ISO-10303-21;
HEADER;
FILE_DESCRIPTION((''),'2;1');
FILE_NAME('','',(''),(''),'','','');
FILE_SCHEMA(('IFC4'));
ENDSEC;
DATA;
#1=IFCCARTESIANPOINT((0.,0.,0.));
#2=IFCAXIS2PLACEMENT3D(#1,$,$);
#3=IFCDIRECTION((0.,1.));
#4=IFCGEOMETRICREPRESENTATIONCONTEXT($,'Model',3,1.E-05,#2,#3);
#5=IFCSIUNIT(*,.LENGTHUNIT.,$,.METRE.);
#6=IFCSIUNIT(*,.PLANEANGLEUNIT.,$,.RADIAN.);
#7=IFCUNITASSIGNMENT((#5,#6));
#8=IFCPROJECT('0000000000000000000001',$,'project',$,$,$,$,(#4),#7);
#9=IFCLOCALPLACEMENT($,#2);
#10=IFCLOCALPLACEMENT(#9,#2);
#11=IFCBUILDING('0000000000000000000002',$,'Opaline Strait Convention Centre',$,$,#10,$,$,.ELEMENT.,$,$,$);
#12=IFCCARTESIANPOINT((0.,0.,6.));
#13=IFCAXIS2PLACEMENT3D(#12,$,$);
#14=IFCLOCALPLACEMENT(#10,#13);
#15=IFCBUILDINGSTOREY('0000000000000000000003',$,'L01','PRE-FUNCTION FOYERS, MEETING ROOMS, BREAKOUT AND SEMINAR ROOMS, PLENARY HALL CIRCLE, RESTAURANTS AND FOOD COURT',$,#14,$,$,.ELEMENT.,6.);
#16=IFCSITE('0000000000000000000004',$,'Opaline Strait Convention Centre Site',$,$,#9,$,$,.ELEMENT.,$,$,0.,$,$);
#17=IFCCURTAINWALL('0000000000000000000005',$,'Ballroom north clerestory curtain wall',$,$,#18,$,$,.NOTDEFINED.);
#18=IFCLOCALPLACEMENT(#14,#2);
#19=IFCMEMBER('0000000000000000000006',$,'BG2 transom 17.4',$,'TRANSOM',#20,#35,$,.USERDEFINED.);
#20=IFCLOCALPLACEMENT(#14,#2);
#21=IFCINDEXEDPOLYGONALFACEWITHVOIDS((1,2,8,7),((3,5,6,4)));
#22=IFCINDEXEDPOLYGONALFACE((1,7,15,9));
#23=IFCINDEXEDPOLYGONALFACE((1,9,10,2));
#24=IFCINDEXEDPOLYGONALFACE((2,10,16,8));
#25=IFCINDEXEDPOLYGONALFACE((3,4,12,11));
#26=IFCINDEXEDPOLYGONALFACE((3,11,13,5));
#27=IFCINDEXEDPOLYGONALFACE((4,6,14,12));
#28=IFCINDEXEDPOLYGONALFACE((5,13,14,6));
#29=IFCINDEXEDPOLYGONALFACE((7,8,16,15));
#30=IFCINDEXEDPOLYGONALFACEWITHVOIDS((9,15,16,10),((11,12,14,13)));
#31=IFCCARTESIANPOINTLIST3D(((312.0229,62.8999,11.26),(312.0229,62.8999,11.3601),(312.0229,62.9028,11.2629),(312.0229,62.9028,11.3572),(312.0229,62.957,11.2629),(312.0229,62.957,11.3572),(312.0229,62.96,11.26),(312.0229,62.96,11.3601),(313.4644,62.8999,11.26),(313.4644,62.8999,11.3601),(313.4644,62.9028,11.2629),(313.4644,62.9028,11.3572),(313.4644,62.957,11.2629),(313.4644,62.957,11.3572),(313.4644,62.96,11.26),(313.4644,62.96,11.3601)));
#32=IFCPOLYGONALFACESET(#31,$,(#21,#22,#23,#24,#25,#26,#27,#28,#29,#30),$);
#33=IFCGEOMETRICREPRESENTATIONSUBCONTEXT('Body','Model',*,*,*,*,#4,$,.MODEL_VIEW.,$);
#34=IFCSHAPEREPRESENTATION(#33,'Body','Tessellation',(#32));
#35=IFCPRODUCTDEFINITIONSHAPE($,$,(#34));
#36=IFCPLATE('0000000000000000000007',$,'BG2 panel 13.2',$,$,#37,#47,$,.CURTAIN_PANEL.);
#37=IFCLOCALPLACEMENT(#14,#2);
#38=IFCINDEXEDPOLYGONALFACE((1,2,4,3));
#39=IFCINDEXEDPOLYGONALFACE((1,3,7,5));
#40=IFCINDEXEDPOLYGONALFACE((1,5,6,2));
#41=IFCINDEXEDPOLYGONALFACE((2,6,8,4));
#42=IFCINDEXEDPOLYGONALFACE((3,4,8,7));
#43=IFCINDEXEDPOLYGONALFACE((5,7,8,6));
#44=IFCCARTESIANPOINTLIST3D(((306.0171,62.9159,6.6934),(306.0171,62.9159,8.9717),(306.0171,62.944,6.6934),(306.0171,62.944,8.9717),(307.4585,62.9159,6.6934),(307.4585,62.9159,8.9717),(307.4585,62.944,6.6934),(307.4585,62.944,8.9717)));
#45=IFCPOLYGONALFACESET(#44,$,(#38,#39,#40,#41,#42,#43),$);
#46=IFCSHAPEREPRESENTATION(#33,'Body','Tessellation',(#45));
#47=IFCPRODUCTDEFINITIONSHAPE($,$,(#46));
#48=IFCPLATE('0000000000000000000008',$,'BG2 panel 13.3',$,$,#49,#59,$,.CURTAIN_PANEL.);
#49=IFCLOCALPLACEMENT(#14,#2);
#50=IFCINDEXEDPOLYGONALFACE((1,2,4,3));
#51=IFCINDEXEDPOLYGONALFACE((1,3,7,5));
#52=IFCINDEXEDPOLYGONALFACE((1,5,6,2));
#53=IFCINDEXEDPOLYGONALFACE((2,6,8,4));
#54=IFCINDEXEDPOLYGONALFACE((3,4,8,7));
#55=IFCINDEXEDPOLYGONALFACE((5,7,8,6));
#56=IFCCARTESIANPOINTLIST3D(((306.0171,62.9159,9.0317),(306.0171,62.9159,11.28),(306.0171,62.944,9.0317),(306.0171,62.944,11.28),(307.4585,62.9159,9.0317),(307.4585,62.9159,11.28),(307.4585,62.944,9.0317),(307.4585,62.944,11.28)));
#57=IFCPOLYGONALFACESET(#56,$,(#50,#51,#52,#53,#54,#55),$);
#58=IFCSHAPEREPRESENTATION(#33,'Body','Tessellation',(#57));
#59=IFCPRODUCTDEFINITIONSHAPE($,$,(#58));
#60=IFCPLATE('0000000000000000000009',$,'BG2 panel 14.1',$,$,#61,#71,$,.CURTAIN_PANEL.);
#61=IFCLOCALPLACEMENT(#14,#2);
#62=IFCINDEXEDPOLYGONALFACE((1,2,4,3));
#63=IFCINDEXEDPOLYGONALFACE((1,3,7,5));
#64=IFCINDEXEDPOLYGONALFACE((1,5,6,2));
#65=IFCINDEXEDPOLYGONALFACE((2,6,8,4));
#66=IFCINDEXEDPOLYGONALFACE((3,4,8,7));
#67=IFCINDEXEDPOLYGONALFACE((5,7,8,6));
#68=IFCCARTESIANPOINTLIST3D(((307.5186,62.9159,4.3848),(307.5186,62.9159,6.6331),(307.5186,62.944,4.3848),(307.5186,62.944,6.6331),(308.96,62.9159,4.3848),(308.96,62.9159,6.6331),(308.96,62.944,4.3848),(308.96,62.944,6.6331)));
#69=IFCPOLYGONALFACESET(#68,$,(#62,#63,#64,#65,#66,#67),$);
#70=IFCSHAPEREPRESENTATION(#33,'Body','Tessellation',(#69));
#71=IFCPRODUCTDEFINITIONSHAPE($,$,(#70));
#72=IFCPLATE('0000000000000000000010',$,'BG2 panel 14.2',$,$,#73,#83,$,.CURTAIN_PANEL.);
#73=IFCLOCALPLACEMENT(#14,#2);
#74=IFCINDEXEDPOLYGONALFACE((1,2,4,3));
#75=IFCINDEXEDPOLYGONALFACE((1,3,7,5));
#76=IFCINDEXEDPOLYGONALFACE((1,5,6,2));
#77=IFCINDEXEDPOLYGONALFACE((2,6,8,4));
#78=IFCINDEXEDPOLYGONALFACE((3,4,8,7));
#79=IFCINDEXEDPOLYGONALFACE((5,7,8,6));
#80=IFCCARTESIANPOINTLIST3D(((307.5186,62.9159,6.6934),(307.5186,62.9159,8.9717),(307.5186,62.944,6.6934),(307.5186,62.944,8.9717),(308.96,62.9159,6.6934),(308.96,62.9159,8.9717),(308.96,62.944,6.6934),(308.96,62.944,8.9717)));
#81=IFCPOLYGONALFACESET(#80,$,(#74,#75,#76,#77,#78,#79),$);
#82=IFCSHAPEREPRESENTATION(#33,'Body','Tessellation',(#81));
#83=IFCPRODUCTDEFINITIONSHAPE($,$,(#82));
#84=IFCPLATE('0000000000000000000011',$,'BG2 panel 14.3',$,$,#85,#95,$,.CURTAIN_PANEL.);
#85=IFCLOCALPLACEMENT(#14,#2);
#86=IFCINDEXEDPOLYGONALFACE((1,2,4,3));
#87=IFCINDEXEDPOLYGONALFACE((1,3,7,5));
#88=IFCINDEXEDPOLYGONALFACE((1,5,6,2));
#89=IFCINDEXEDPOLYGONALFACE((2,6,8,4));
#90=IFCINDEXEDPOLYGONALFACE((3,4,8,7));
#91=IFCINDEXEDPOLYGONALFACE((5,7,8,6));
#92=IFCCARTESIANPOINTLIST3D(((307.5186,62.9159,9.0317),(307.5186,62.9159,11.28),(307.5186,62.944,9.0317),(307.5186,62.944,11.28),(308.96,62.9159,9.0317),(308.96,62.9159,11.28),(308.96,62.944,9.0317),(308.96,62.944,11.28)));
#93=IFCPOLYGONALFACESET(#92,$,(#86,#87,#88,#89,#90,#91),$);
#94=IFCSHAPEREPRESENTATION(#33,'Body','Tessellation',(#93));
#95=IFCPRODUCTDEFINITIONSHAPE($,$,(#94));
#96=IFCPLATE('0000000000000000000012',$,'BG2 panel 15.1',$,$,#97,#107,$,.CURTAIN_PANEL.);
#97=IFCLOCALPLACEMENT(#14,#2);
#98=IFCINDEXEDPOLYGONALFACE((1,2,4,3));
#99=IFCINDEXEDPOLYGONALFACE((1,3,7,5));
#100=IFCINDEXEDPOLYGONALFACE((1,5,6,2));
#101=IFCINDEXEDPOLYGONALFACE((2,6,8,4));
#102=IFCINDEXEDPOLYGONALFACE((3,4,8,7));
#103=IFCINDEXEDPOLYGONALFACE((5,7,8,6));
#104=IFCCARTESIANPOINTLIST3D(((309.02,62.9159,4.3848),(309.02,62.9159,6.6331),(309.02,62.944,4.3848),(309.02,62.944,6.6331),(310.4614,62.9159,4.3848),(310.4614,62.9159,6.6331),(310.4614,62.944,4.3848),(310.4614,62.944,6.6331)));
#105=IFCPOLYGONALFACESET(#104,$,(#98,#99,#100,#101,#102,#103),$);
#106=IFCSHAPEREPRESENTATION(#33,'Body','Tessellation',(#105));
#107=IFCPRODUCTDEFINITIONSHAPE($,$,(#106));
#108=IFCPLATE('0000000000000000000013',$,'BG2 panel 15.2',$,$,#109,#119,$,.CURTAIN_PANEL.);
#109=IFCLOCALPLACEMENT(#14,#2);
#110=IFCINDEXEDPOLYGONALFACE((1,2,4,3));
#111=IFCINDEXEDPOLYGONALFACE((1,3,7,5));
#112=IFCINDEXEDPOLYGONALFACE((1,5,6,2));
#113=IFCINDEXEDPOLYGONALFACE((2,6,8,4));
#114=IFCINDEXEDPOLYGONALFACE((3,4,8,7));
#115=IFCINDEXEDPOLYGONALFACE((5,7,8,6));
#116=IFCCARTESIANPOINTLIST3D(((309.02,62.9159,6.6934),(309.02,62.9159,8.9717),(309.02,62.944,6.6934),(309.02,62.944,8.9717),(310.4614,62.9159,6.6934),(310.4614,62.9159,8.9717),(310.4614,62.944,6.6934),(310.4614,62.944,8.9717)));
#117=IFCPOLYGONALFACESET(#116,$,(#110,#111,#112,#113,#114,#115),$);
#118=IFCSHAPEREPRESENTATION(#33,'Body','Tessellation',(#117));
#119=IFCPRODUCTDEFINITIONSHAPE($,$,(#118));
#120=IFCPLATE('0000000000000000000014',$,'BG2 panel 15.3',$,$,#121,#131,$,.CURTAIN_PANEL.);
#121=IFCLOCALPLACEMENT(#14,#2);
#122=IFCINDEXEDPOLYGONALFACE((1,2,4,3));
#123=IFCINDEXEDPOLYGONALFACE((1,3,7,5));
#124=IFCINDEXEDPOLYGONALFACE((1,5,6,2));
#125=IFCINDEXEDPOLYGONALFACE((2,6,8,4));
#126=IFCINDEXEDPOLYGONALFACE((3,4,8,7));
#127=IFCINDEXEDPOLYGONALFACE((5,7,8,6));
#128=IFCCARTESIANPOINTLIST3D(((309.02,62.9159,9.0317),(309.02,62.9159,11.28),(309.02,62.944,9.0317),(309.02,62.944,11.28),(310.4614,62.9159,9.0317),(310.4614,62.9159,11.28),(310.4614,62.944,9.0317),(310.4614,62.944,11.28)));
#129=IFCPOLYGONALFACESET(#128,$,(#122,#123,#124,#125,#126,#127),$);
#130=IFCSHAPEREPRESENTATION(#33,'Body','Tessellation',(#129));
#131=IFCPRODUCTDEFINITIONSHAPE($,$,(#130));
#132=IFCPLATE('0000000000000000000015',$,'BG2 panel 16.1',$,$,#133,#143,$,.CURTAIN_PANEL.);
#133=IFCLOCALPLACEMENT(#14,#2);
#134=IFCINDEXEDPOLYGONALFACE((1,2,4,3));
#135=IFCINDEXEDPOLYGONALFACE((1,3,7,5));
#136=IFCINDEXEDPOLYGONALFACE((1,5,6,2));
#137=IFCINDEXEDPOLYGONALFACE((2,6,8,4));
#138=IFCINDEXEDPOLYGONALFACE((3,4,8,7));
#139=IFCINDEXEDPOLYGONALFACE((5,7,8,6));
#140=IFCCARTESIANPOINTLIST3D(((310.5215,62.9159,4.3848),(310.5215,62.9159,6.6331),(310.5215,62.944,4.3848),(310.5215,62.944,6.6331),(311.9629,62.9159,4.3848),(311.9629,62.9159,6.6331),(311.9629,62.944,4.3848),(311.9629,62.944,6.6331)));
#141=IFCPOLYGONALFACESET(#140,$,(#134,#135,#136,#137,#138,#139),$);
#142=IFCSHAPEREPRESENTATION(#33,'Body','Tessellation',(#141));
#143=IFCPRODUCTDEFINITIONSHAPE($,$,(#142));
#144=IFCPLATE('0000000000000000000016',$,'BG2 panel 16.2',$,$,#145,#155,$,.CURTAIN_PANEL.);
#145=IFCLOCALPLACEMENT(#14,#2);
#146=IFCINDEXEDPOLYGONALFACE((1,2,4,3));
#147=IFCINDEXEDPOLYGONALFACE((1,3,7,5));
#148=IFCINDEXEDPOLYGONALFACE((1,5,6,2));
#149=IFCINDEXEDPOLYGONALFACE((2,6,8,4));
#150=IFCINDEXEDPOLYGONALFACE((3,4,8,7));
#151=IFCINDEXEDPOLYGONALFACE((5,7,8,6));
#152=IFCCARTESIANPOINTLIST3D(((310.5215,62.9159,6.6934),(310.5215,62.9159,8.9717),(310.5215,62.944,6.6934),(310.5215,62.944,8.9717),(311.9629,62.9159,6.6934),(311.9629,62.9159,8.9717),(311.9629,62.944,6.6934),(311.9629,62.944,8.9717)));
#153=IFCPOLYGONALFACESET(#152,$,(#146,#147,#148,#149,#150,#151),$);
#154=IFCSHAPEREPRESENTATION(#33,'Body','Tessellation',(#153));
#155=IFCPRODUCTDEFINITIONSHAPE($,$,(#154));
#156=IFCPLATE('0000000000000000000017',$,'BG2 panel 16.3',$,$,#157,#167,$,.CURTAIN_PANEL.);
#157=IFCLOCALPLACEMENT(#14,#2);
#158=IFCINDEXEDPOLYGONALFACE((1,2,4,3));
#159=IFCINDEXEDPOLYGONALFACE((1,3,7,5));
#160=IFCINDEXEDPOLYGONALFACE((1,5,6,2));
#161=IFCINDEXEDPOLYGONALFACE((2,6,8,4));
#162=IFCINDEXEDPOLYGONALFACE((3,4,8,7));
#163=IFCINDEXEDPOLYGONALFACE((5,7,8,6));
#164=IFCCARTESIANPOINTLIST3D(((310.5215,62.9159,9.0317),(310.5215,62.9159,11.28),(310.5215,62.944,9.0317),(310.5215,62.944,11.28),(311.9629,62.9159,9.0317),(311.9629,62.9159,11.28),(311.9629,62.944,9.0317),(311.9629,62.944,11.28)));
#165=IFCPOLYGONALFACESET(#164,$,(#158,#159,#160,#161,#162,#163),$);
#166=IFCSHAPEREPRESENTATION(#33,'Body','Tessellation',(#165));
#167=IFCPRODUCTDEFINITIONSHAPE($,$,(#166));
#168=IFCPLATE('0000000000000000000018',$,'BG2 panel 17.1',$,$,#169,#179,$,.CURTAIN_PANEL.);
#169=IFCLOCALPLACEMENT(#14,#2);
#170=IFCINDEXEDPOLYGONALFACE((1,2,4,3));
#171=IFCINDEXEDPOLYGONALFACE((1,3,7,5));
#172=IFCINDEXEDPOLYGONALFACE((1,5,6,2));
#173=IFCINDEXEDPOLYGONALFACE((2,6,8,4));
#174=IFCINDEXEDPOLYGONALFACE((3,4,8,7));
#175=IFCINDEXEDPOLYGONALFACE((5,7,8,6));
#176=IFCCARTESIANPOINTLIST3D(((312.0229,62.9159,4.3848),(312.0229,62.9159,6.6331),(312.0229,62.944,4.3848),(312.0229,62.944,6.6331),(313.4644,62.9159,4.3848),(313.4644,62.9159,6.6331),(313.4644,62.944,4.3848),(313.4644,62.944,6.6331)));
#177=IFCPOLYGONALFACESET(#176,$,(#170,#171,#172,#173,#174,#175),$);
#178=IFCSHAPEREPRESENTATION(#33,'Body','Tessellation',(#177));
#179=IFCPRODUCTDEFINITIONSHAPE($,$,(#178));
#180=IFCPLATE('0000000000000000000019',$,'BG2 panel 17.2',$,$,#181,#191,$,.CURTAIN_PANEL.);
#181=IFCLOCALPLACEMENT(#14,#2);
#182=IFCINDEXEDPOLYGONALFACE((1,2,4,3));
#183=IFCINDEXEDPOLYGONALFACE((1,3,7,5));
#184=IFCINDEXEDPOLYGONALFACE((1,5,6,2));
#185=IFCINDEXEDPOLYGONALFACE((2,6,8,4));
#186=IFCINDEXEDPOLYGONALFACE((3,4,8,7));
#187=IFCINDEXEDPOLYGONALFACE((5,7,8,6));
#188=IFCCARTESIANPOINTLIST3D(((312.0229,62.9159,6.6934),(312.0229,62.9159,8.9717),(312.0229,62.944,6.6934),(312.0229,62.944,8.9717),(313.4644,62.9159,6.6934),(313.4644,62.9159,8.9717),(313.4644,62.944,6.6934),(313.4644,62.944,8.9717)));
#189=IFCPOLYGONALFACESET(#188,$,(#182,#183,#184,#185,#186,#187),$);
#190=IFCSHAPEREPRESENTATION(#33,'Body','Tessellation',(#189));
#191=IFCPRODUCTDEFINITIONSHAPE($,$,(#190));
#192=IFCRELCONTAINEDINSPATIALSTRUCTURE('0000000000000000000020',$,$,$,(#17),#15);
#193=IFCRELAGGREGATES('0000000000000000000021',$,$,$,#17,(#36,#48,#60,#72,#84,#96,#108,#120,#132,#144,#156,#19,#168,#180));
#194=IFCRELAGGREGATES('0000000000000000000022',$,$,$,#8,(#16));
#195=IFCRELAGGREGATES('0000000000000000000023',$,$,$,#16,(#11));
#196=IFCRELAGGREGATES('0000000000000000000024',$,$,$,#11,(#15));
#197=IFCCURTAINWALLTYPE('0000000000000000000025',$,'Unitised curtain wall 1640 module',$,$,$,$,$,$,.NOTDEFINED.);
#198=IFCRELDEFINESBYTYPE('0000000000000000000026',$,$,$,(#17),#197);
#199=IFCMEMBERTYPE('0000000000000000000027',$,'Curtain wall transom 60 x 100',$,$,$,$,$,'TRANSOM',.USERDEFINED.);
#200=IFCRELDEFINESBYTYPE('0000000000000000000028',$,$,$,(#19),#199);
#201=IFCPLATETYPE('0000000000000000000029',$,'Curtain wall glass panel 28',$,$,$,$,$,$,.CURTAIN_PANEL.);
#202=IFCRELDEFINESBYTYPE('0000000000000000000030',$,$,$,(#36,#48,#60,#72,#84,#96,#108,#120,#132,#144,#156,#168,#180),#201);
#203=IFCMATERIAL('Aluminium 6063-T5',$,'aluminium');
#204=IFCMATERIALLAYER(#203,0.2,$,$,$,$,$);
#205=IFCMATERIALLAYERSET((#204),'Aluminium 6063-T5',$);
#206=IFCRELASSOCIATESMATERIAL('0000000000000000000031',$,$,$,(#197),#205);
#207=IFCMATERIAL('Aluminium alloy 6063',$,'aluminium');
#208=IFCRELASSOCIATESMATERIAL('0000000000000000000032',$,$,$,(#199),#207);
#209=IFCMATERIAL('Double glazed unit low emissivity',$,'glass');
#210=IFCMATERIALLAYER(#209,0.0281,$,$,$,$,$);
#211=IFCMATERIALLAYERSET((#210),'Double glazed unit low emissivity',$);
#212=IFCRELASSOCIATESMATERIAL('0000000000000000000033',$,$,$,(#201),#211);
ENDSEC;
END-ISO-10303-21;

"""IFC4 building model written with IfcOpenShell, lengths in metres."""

from ifc_helpers import new_model, si_unit, direction, frame, origin, origin_2d, place, context, subcontext, project, spatial, rectangle, hollow_rectangle, extrude, material, layer, layer_set, material_profile, profile_set, type_object, element, aggregate, save


model = new_model("IFC4")

# Units and contexts
model_context = context("Model", 3, precision=1e-05, world=origin(), true_north=direction((0.0, 1.0)))
body_context = subcontext(model_context, "Body", "Model", "MODEL_VIEW")
ifc_project = project(units=[si_unit("LENGTHUNIT", "METRE"), si_unit("PLANEANGLEUNIT", "RADIAN")], contexts=[model_context])

# Site, building, storey
site_placement = place(None, origin())
site = spatial("IfcSite", under=ifc_project, at=site_placement, Name="Opaline Strait Convention Centre Site", CompositionType="ELEMENT", RefElevation=0.0)
building_placement = place(site_placement, origin())
building = spatial("IfcBuilding", under=site, at=building_placement, Name="Opaline Strait Convention Centre", CompositionType="ELEMENT")
storey_placement = place(building_placement, frame((0.0, 0.0, 6.0)))
storey = spatial("IfcBuildingStorey", under=building, at=storey_placement, Name="L01", Description="PRE-FUNCTION FOYERS, MEETING ROOMS, BREAKOUT AND SEMINAR ROOMS, PLENARY HALL CIRCLE, RESTAURANTS AND FOOD COURT", CompositionType="ELEMENT", Elevation=6.0)

# Curtain wall, member, plates
ifc_material_1 = material(Name="Aluminium 6063-T5", Category="aluminium")
ifc_layer_1 = layer(ifc_material_1, 0.2)
ifc_layer_set_1 = layer_set([ifc_layer_1], Name="Aluminium 6063-T5")
curtain_wall_type = type_object("IfcCurtainWallType", Name="Unitised curtain wall 1640 module", PredefinedType="NOTDEFINED", material=ifc_layer_set_1)
curtain_wall_placement = place(storey_placement, origin())
curtain_wall = element("IfcCurtainWall", 1, at=curtain_wall_placement, inside=storey, type_object=curtain_wall_type, Name="Ballroom north clerestory curtain wall", PredefinedType="NOTDEFINED")
ifc_material_2 = material(Name="Aluminium alloy 6063", Category="aluminium")
ifc_material_profile = material_profile(ifc_material_2, hollow_rectangle(XDim=0.0601, YDim=0.1001, WallThickness=0.0029, at=origin_2d()), Name="TRANSOM 60x100x3")
ifc_profile_set = profile_set([ifc_material_profile], Name="Aluminium alloy 6063")
member_type = type_object("IfcMemberType", Name="Curtain wall transom 60 x 100", ElementType="TRANSOM", PredefinedType="USERDEFINED", material=ifc_profile_set)
member_1_placement = place(storey_placement, frame((312.0229, 62.9299, 11.3101), z_axis=(1.0, 0.0, 0.0), x_axis=(0.0, 1.0, 0.0)))
member_1 = element("IfcMember", 2, at=member_1_placement, type_object=member_type, Name="BG2 transom 17.4", ObjectType="TRANSOM", PredefinedType="USERDEFINED", context=body_context, shape_type="SweptSolid", body=[
    extrude(hollow_rectangle(XDim=0.0601, YDim=0.1001, WallThickness=0.0029, at=origin_2d()), origin(), (0.0, 0.0, 1.0), 1.4414),
])
ifc_material_3 = material(Name="Double glazed unit low emissivity", Category="glass")
ifc_layer_2 = layer(ifc_material_3, 0.0281)
ifc_layer_set_2 = layer_set([ifc_layer_2], Name="Double glazed unit low emissivity")
plate_type = type_object("IfcPlateType", Name="Curtain wall glass panel 28", PredefinedType="CURTAIN_PANEL", material=ifc_layer_set_2)
plate_1_placement = place(storey_placement, frame((306.7378, 62.9299, 6.6934), z_axis=(0.0, 0.0, 1.0), x_axis=(1.0, 0.0, 0.0)))
plate_1 = element("IfcPlate", 3, at=plate_1_placement, type_object=plate_type, Name="BG2 panel 13.2", PredefinedType="CURTAIN_PANEL", context=body_context, shape_type="SweptSolid", body=[
    extrude(rectangle(XDim=1.4414, YDim=0.0281, at=origin_2d()), origin(), (0.0, 0.0, 1.0), 2.2783),
])
plate_2_placement = place(storey_placement, frame((306.7378, 62.9299, 9.0317), z_axis=(0.0, 0.0, 1.0), x_axis=(1.0, 0.0, 0.0)))
plate_2 = element("IfcPlate", 4, at=plate_2_placement, type_object=plate_type, Name="BG2 panel 13.3", PredefinedType="CURTAIN_PANEL", context=body_context, shape_type="SweptSolid", body=[
    extrude(rectangle(XDim=1.4414, YDim=0.0281, at=origin_2d()), origin(), (0.0, 0.0, 1.0), 2.2483),
])
plate_3_placement = place(storey_placement, frame((308.2393, 62.9299, 4.3848), z_axis=(0.0, 0.0, 1.0), x_axis=(1.0, 0.0, 0.0)))
plate_3 = element("IfcPlate", 5, at=plate_3_placement, type_object=plate_type, Name="BG2 panel 14.1", PredefinedType="CURTAIN_PANEL", context=body_context, shape_type="SweptSolid", body=[
    extrude(rectangle(XDim=1.4414, YDim=0.0281, at=origin_2d()), origin(), (0.0, 0.0, 1.0), 2.2483),
])
plate_4_placement = place(storey_placement, frame((308.2393, 62.9299, 6.6934), z_axis=(0.0, 0.0, 1.0), x_axis=(1.0, 0.0, 0.0)))
plate_4 = element("IfcPlate", 6, at=plate_4_placement, type_object=plate_type, Name="BG2 panel 14.2", PredefinedType="CURTAIN_PANEL", context=body_context, shape_type="SweptSolid", body=[
    extrude(rectangle(XDim=1.4414, YDim=0.0281, at=origin_2d()), origin(), (0.0, 0.0, 1.0), 2.2783),
])
plate_5_placement = place(storey_placement, frame((308.2393, 62.9299, 9.0317), z_axis=(0.0, 0.0, 1.0), x_axis=(1.0, 0.0, 0.0)))
plate_5 = element("IfcPlate", 7, at=plate_5_placement, type_object=plate_type, Name="BG2 panel 14.3", PredefinedType="CURTAIN_PANEL", context=body_context, shape_type="SweptSolid", body=[
    extrude(rectangle(XDim=1.4414, YDim=0.0281, at=origin_2d()), origin(), (0.0, 0.0, 1.0), 2.2483),
])
plate_6_placement = place(storey_placement, frame((309.7407, 62.9299, 4.3848), z_axis=(0.0, 0.0, 1.0), x_axis=(1.0, 0.0, 0.0)))
plate_6 = element("IfcPlate", 8, at=plate_6_placement, type_object=plate_type, Name="BG2 panel 15.1", PredefinedType="CURTAIN_PANEL", context=body_context, shape_type="SweptSolid", body=[
    extrude(rectangle(XDim=1.4414, YDim=0.0281, at=origin_2d()), origin(), (0.0, 0.0, 1.0), 2.2483),
])
plate_7_placement = place(storey_placement, frame((309.7407, 62.9299, 6.6934), z_axis=(0.0, 0.0, 1.0), x_axis=(1.0, 0.0, 0.0)))
plate_7 = element("IfcPlate", 9, at=plate_7_placement, type_object=plate_type, Name="BG2 panel 15.2", PredefinedType="CURTAIN_PANEL", context=body_context, shape_type="SweptSolid", body=[
    extrude(rectangle(XDim=1.4414, YDim=0.0281, at=origin_2d()), origin(), (0.0, 0.0, 1.0), 2.2783),
])
plate_8_placement = place(storey_placement, frame((309.7407, 62.9299, 9.0317), z_axis=(0.0, 0.0, 1.0), x_axis=(1.0, 0.0, 0.0)))
plate_8 = element("IfcPlate", 10, at=plate_8_placement, type_object=plate_type, Name="BG2 panel 15.3", PredefinedType="CURTAIN_PANEL", context=body_context, shape_type="SweptSolid", body=[
    extrude(rectangle(XDim=1.4414, YDim=0.0281, at=origin_2d()), origin(), (0.0, 0.0, 1.0), 2.2483),
])
plate_9_placement = place(storey_placement, frame((311.2422, 62.9299, 4.3848), z_axis=(0.0, 0.0, 1.0), x_axis=(1.0, 0.0, 0.0)))
plate_9 = element("IfcPlate", 11, at=plate_9_placement, type_object=plate_type, Name="BG2 panel 16.1", PredefinedType="CURTAIN_PANEL", context=body_context, shape_type="SweptSolid", body=[
    extrude(rectangle(XDim=1.4414, YDim=0.0281, at=origin_2d()), origin(), (0.0, 0.0, 1.0), 2.2483),
])
plate_10_placement = place(storey_placement, frame((311.2422, 62.9299, 6.6934), z_axis=(0.0, 0.0, 1.0), x_axis=(1.0, 0.0, 0.0)))
plate_10 = element("IfcPlate", 12, at=plate_10_placement, type_object=plate_type, Name="BG2 panel 16.2", PredefinedType="CURTAIN_PANEL", context=body_context, shape_type="SweptSolid", body=[
    extrude(rectangle(XDim=1.4414, YDim=0.0281, at=origin_2d()), origin(), (0.0, 0.0, 1.0), 2.2783),
])
plate_11_placement = place(storey_placement, frame((311.2422, 62.9299, 9.0317), z_axis=(0.0, 0.0, 1.0), x_axis=(1.0, 0.0, 0.0)))
plate_11 = element("IfcPlate", 13, at=plate_11_placement, type_object=plate_type, Name="BG2 panel 16.3", PredefinedType="CURTAIN_PANEL", context=body_context, shape_type="SweptSolid", body=[
    extrude(rectangle(XDim=1.4414, YDim=0.0281, at=origin_2d()), origin(), (0.0, 0.0, 1.0), 2.2483),
])
plate_12_placement = place(storey_placement, frame((312.7437, 62.9299, 4.3848), z_axis=(0.0, 0.0, 1.0), x_axis=(1.0, 0.0, 0.0)))
plate_12 = element("IfcPlate", 14, at=plate_12_placement, type_object=plate_type, Name="BG2 panel 17.1", PredefinedType="CURTAIN_PANEL", context=body_context, shape_type="SweptSolid", body=[
    extrude(rectangle(XDim=1.4414, YDim=0.0281, at=origin_2d()), origin(), (0.0, 0.0, 1.0), 2.2483),
])
plate_13_placement = place(storey_placement, frame((312.7437, 62.9299, 6.6934), z_axis=(0.0, 0.0, 1.0), x_axis=(1.0, 0.0, 0.0)))
plate_13 = element("IfcPlate", 15, at=plate_13_placement, type_object=plate_type, Name="BG2 panel 17.2", PredefinedType="CURTAIN_PANEL", context=body_context, shape_type="SweptSolid", body=[
    extrude(rectangle(XDim=1.4414, YDim=0.0281, at=origin_2d()), origin(), (0.0, 0.0, 1.0), 2.2783),
])
aggregate(curtain_wall, [plate_1, plate_2, plate_3, plate_4, plate_5, plate_6, plate_7, plate_8, plate_9, plate_10, plate_11, member_1, plate_12, plate_13])

save(model, "model.ifc")
